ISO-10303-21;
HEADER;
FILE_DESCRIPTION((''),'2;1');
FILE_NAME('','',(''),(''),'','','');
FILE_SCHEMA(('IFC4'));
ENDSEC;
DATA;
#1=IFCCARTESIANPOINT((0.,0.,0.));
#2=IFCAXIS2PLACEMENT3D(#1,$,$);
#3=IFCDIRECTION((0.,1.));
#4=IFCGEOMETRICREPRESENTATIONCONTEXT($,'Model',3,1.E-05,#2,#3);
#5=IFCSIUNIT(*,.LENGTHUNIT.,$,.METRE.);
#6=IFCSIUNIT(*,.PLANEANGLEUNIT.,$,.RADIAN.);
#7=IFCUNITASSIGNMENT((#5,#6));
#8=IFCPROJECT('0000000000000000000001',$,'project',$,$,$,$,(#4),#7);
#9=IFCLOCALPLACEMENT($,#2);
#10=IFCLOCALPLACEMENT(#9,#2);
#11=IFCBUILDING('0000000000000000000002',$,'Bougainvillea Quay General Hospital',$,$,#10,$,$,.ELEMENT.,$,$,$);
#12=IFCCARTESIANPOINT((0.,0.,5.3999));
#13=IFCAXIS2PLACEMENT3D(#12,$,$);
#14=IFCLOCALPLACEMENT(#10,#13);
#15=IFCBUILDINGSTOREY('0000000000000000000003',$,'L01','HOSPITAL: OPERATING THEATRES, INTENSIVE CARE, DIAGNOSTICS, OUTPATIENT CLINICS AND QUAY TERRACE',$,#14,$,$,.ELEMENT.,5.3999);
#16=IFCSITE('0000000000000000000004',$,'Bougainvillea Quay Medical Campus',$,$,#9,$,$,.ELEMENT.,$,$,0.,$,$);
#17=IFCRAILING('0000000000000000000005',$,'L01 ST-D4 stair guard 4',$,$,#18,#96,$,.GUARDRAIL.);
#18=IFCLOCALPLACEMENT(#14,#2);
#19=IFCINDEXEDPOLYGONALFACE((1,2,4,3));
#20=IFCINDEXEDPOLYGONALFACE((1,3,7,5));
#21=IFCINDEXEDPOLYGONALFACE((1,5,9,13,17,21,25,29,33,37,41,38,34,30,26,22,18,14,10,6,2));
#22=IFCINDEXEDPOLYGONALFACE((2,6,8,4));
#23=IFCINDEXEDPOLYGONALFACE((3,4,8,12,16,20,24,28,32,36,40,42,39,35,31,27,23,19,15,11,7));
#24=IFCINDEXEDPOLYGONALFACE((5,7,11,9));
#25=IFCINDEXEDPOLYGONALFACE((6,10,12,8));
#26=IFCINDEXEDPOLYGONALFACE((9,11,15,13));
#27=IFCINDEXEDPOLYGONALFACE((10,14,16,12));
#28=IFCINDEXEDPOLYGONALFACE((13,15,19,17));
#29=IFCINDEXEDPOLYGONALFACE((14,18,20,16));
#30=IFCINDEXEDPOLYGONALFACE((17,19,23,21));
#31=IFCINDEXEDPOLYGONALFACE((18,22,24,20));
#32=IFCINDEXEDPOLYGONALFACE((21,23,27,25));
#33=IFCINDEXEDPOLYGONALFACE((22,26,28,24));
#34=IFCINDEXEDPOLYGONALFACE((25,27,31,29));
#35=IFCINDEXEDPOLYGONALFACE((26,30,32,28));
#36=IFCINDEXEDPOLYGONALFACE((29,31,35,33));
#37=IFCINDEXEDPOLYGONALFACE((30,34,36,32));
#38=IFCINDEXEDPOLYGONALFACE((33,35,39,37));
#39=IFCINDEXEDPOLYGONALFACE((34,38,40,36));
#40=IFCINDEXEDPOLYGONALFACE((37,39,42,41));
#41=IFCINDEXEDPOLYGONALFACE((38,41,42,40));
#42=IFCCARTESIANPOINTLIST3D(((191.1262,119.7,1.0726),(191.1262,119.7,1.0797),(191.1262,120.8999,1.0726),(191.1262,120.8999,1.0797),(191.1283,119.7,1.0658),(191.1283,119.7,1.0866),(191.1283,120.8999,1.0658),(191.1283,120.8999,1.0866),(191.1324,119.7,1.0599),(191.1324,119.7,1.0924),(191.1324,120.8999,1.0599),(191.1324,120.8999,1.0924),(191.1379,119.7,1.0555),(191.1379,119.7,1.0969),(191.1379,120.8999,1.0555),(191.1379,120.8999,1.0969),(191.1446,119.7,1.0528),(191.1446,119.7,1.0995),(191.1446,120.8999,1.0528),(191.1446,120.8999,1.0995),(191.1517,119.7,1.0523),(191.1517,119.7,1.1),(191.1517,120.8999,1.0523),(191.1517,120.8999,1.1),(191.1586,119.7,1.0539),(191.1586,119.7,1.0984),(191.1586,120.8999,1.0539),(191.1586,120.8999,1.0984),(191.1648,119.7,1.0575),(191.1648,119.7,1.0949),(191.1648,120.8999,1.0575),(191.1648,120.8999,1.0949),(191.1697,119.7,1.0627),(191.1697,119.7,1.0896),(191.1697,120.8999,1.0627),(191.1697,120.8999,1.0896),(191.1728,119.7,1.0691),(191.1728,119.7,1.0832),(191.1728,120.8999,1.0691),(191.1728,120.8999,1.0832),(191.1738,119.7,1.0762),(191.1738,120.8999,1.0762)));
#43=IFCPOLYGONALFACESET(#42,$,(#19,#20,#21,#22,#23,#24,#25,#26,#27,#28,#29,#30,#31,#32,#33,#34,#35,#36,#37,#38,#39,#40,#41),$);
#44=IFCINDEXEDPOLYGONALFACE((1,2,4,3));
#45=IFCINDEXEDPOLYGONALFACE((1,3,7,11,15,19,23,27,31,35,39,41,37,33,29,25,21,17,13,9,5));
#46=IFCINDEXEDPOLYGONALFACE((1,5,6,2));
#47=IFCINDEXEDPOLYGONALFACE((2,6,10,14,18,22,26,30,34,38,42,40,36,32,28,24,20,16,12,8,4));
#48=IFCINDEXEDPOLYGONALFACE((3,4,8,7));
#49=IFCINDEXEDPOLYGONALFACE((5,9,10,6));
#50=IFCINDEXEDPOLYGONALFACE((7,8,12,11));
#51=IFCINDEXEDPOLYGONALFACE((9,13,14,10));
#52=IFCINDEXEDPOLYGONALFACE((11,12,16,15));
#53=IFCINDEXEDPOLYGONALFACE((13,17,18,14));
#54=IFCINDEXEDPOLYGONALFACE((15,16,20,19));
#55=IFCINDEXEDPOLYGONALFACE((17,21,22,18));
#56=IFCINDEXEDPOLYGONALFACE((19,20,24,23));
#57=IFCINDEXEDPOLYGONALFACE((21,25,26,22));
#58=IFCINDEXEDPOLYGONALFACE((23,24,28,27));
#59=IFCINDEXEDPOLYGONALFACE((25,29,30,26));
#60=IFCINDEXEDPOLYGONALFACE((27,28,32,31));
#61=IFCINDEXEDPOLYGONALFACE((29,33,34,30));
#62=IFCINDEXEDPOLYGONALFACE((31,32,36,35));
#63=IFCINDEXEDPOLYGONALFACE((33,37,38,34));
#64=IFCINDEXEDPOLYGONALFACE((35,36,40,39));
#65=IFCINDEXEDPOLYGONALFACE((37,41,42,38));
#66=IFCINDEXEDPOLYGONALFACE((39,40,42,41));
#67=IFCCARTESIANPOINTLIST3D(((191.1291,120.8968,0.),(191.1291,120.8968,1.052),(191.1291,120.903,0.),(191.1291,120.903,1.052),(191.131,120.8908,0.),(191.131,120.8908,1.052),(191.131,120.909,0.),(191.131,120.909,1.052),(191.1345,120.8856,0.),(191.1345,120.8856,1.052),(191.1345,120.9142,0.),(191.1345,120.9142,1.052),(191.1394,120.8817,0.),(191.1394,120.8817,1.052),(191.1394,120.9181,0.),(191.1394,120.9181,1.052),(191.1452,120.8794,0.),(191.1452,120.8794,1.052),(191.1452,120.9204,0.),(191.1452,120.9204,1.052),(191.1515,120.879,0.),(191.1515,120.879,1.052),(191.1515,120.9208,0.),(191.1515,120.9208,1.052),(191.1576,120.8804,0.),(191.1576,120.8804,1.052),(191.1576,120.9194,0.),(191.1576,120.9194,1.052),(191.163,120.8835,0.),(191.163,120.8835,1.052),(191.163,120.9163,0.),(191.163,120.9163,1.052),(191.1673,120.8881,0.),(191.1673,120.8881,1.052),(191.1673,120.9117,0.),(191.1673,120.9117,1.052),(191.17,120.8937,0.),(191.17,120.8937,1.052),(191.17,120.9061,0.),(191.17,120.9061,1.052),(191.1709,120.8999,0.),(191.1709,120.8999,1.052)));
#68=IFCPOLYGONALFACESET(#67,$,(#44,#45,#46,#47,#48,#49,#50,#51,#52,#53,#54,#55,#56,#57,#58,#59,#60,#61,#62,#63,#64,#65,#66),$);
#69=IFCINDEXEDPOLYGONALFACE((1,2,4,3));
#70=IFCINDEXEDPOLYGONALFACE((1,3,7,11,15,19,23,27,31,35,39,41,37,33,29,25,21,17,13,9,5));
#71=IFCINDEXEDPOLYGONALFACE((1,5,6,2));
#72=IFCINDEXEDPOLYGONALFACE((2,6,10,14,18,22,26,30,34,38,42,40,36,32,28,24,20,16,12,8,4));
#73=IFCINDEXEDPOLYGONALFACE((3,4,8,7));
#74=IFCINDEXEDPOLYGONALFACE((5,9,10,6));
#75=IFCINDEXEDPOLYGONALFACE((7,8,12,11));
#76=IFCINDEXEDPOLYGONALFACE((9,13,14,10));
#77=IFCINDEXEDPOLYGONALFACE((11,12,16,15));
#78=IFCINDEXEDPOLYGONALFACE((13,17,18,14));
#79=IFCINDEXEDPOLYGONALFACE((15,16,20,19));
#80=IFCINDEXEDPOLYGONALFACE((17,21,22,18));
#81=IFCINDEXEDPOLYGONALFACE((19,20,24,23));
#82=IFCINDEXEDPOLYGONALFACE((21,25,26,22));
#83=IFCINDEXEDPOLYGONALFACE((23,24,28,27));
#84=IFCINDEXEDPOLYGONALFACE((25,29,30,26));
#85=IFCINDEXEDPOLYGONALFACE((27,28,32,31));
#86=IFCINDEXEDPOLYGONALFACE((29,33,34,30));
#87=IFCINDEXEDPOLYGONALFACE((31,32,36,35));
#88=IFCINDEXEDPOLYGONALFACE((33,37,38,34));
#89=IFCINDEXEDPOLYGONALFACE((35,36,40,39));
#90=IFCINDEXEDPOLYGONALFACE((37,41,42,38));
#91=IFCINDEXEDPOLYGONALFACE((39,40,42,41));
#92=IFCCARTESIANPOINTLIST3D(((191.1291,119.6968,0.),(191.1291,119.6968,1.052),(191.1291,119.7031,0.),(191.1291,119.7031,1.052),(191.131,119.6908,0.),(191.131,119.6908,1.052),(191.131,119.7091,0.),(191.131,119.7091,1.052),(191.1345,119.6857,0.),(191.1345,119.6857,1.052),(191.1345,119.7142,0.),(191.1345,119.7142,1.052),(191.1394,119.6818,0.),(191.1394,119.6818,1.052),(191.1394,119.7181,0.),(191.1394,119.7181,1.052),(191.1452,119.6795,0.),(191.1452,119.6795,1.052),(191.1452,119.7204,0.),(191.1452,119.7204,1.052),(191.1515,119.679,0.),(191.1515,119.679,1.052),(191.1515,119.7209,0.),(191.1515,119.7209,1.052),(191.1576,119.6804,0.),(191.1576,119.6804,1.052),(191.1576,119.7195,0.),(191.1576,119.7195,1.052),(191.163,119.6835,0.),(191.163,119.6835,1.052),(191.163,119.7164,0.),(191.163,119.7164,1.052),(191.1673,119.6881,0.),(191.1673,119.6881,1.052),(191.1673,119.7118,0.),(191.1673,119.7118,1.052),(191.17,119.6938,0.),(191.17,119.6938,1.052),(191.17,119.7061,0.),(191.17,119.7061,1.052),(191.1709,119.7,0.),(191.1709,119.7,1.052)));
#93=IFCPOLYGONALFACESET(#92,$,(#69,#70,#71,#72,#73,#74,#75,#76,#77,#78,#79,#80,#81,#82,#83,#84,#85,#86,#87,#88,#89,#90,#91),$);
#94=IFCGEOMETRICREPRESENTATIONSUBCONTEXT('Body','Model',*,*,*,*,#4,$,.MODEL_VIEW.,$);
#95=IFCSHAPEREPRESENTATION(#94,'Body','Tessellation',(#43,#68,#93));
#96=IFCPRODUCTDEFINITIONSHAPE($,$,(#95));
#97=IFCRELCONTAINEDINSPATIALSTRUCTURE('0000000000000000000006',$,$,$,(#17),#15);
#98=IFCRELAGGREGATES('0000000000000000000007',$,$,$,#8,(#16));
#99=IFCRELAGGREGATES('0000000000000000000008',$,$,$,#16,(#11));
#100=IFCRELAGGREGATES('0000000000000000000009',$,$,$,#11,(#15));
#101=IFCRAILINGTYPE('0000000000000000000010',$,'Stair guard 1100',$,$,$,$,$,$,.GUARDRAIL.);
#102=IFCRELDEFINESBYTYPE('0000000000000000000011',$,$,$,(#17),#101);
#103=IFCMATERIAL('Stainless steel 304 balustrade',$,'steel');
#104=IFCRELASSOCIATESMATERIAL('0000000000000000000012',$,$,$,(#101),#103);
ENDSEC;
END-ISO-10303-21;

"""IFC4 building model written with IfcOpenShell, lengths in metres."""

from ifc_helpers import new_model, si_unit, direction, frame, origin, origin_2d, place, context, subcontext, project, spatial, circle, extrude, material, type_object, element, save


model = new_model("IFC4")

# Units and contexts
model_context = context("Model", 3, precision=1e-05, world=origin(), true_north=direction((0.0, 1.0)))
body_context = subcontext(model_context, "Body", "Model", "MODEL_VIEW")
ifc_project = project(units=[si_unit("LENGTHUNIT", "METRE"), si_unit("PLANEANGLEUNIT", "RADIAN")], contexts=[model_context])

# Site, building, storey
site_placement = place(None, origin())
site = spatial("IfcSite", under=ifc_project, at=site_placement, Name="Bougainvillea Quay Medical Campus", CompositionType="ELEMENT", RefElevation=0.0)
building_placement = place(site_placement, origin())
building = spatial("IfcBuilding", under=site, at=building_placement, Name="Bougainvillea Quay General Hospital", CompositionType="ELEMENT")
storey_placement = place(building_placement, frame((0.0, 0.0, 5.3999)))
storey = spatial("IfcBuildingStorey", under=building, at=storey_placement, Name="L01", Description="HOSPITAL: OPERATING THEATRES, INTENSIVE CARE, DIAGNOSTICS, OUTPATIENT CLINICS AND QUAY TERRACE", CompositionType="ELEMENT", Elevation=5.3999)

# Railing
ifc_material_1 = material(Name="Stainless steel 304 balustrade", Category="steel")
railing_type_1 = type_object("IfcRailingType", Name="Stair guard 1100", PredefinedType="GUARDRAIL", material=ifc_material_1)
railing_1_placement = place(storey_placement, frame((191.1499, 120.8999, 0.0)))
element("IfcRailing", 1, at=railing_1_placement, inside=storey, type_object=railing_type_1, Name="L01 ST-D4 stair guard 4", PredefinedType="GUARDRAIL", context=body_context, shape_type="SweptSolid", body=[
    extrude(circle(Radius=0.0239, at=origin_2d()), frame((0.0, 0.0, 1.0762), z_axis=(0.0, -1.0, 0.0), x_axis=(1.0, 0.0, 0.0)), (0.0, 0.0, 1.0), 1.2),
    extrude(circle(Radius=0.021, at=origin_2d()), origin(), (0.0, 0.0, 1.0), 1.052),
    extrude(circle(Radius=0.021, at=origin_2d()), frame((0.0, -1.2, 0.0)), (0.0, 0.0, 1.0), 1.052),
])

save(model, "model.ifc")
